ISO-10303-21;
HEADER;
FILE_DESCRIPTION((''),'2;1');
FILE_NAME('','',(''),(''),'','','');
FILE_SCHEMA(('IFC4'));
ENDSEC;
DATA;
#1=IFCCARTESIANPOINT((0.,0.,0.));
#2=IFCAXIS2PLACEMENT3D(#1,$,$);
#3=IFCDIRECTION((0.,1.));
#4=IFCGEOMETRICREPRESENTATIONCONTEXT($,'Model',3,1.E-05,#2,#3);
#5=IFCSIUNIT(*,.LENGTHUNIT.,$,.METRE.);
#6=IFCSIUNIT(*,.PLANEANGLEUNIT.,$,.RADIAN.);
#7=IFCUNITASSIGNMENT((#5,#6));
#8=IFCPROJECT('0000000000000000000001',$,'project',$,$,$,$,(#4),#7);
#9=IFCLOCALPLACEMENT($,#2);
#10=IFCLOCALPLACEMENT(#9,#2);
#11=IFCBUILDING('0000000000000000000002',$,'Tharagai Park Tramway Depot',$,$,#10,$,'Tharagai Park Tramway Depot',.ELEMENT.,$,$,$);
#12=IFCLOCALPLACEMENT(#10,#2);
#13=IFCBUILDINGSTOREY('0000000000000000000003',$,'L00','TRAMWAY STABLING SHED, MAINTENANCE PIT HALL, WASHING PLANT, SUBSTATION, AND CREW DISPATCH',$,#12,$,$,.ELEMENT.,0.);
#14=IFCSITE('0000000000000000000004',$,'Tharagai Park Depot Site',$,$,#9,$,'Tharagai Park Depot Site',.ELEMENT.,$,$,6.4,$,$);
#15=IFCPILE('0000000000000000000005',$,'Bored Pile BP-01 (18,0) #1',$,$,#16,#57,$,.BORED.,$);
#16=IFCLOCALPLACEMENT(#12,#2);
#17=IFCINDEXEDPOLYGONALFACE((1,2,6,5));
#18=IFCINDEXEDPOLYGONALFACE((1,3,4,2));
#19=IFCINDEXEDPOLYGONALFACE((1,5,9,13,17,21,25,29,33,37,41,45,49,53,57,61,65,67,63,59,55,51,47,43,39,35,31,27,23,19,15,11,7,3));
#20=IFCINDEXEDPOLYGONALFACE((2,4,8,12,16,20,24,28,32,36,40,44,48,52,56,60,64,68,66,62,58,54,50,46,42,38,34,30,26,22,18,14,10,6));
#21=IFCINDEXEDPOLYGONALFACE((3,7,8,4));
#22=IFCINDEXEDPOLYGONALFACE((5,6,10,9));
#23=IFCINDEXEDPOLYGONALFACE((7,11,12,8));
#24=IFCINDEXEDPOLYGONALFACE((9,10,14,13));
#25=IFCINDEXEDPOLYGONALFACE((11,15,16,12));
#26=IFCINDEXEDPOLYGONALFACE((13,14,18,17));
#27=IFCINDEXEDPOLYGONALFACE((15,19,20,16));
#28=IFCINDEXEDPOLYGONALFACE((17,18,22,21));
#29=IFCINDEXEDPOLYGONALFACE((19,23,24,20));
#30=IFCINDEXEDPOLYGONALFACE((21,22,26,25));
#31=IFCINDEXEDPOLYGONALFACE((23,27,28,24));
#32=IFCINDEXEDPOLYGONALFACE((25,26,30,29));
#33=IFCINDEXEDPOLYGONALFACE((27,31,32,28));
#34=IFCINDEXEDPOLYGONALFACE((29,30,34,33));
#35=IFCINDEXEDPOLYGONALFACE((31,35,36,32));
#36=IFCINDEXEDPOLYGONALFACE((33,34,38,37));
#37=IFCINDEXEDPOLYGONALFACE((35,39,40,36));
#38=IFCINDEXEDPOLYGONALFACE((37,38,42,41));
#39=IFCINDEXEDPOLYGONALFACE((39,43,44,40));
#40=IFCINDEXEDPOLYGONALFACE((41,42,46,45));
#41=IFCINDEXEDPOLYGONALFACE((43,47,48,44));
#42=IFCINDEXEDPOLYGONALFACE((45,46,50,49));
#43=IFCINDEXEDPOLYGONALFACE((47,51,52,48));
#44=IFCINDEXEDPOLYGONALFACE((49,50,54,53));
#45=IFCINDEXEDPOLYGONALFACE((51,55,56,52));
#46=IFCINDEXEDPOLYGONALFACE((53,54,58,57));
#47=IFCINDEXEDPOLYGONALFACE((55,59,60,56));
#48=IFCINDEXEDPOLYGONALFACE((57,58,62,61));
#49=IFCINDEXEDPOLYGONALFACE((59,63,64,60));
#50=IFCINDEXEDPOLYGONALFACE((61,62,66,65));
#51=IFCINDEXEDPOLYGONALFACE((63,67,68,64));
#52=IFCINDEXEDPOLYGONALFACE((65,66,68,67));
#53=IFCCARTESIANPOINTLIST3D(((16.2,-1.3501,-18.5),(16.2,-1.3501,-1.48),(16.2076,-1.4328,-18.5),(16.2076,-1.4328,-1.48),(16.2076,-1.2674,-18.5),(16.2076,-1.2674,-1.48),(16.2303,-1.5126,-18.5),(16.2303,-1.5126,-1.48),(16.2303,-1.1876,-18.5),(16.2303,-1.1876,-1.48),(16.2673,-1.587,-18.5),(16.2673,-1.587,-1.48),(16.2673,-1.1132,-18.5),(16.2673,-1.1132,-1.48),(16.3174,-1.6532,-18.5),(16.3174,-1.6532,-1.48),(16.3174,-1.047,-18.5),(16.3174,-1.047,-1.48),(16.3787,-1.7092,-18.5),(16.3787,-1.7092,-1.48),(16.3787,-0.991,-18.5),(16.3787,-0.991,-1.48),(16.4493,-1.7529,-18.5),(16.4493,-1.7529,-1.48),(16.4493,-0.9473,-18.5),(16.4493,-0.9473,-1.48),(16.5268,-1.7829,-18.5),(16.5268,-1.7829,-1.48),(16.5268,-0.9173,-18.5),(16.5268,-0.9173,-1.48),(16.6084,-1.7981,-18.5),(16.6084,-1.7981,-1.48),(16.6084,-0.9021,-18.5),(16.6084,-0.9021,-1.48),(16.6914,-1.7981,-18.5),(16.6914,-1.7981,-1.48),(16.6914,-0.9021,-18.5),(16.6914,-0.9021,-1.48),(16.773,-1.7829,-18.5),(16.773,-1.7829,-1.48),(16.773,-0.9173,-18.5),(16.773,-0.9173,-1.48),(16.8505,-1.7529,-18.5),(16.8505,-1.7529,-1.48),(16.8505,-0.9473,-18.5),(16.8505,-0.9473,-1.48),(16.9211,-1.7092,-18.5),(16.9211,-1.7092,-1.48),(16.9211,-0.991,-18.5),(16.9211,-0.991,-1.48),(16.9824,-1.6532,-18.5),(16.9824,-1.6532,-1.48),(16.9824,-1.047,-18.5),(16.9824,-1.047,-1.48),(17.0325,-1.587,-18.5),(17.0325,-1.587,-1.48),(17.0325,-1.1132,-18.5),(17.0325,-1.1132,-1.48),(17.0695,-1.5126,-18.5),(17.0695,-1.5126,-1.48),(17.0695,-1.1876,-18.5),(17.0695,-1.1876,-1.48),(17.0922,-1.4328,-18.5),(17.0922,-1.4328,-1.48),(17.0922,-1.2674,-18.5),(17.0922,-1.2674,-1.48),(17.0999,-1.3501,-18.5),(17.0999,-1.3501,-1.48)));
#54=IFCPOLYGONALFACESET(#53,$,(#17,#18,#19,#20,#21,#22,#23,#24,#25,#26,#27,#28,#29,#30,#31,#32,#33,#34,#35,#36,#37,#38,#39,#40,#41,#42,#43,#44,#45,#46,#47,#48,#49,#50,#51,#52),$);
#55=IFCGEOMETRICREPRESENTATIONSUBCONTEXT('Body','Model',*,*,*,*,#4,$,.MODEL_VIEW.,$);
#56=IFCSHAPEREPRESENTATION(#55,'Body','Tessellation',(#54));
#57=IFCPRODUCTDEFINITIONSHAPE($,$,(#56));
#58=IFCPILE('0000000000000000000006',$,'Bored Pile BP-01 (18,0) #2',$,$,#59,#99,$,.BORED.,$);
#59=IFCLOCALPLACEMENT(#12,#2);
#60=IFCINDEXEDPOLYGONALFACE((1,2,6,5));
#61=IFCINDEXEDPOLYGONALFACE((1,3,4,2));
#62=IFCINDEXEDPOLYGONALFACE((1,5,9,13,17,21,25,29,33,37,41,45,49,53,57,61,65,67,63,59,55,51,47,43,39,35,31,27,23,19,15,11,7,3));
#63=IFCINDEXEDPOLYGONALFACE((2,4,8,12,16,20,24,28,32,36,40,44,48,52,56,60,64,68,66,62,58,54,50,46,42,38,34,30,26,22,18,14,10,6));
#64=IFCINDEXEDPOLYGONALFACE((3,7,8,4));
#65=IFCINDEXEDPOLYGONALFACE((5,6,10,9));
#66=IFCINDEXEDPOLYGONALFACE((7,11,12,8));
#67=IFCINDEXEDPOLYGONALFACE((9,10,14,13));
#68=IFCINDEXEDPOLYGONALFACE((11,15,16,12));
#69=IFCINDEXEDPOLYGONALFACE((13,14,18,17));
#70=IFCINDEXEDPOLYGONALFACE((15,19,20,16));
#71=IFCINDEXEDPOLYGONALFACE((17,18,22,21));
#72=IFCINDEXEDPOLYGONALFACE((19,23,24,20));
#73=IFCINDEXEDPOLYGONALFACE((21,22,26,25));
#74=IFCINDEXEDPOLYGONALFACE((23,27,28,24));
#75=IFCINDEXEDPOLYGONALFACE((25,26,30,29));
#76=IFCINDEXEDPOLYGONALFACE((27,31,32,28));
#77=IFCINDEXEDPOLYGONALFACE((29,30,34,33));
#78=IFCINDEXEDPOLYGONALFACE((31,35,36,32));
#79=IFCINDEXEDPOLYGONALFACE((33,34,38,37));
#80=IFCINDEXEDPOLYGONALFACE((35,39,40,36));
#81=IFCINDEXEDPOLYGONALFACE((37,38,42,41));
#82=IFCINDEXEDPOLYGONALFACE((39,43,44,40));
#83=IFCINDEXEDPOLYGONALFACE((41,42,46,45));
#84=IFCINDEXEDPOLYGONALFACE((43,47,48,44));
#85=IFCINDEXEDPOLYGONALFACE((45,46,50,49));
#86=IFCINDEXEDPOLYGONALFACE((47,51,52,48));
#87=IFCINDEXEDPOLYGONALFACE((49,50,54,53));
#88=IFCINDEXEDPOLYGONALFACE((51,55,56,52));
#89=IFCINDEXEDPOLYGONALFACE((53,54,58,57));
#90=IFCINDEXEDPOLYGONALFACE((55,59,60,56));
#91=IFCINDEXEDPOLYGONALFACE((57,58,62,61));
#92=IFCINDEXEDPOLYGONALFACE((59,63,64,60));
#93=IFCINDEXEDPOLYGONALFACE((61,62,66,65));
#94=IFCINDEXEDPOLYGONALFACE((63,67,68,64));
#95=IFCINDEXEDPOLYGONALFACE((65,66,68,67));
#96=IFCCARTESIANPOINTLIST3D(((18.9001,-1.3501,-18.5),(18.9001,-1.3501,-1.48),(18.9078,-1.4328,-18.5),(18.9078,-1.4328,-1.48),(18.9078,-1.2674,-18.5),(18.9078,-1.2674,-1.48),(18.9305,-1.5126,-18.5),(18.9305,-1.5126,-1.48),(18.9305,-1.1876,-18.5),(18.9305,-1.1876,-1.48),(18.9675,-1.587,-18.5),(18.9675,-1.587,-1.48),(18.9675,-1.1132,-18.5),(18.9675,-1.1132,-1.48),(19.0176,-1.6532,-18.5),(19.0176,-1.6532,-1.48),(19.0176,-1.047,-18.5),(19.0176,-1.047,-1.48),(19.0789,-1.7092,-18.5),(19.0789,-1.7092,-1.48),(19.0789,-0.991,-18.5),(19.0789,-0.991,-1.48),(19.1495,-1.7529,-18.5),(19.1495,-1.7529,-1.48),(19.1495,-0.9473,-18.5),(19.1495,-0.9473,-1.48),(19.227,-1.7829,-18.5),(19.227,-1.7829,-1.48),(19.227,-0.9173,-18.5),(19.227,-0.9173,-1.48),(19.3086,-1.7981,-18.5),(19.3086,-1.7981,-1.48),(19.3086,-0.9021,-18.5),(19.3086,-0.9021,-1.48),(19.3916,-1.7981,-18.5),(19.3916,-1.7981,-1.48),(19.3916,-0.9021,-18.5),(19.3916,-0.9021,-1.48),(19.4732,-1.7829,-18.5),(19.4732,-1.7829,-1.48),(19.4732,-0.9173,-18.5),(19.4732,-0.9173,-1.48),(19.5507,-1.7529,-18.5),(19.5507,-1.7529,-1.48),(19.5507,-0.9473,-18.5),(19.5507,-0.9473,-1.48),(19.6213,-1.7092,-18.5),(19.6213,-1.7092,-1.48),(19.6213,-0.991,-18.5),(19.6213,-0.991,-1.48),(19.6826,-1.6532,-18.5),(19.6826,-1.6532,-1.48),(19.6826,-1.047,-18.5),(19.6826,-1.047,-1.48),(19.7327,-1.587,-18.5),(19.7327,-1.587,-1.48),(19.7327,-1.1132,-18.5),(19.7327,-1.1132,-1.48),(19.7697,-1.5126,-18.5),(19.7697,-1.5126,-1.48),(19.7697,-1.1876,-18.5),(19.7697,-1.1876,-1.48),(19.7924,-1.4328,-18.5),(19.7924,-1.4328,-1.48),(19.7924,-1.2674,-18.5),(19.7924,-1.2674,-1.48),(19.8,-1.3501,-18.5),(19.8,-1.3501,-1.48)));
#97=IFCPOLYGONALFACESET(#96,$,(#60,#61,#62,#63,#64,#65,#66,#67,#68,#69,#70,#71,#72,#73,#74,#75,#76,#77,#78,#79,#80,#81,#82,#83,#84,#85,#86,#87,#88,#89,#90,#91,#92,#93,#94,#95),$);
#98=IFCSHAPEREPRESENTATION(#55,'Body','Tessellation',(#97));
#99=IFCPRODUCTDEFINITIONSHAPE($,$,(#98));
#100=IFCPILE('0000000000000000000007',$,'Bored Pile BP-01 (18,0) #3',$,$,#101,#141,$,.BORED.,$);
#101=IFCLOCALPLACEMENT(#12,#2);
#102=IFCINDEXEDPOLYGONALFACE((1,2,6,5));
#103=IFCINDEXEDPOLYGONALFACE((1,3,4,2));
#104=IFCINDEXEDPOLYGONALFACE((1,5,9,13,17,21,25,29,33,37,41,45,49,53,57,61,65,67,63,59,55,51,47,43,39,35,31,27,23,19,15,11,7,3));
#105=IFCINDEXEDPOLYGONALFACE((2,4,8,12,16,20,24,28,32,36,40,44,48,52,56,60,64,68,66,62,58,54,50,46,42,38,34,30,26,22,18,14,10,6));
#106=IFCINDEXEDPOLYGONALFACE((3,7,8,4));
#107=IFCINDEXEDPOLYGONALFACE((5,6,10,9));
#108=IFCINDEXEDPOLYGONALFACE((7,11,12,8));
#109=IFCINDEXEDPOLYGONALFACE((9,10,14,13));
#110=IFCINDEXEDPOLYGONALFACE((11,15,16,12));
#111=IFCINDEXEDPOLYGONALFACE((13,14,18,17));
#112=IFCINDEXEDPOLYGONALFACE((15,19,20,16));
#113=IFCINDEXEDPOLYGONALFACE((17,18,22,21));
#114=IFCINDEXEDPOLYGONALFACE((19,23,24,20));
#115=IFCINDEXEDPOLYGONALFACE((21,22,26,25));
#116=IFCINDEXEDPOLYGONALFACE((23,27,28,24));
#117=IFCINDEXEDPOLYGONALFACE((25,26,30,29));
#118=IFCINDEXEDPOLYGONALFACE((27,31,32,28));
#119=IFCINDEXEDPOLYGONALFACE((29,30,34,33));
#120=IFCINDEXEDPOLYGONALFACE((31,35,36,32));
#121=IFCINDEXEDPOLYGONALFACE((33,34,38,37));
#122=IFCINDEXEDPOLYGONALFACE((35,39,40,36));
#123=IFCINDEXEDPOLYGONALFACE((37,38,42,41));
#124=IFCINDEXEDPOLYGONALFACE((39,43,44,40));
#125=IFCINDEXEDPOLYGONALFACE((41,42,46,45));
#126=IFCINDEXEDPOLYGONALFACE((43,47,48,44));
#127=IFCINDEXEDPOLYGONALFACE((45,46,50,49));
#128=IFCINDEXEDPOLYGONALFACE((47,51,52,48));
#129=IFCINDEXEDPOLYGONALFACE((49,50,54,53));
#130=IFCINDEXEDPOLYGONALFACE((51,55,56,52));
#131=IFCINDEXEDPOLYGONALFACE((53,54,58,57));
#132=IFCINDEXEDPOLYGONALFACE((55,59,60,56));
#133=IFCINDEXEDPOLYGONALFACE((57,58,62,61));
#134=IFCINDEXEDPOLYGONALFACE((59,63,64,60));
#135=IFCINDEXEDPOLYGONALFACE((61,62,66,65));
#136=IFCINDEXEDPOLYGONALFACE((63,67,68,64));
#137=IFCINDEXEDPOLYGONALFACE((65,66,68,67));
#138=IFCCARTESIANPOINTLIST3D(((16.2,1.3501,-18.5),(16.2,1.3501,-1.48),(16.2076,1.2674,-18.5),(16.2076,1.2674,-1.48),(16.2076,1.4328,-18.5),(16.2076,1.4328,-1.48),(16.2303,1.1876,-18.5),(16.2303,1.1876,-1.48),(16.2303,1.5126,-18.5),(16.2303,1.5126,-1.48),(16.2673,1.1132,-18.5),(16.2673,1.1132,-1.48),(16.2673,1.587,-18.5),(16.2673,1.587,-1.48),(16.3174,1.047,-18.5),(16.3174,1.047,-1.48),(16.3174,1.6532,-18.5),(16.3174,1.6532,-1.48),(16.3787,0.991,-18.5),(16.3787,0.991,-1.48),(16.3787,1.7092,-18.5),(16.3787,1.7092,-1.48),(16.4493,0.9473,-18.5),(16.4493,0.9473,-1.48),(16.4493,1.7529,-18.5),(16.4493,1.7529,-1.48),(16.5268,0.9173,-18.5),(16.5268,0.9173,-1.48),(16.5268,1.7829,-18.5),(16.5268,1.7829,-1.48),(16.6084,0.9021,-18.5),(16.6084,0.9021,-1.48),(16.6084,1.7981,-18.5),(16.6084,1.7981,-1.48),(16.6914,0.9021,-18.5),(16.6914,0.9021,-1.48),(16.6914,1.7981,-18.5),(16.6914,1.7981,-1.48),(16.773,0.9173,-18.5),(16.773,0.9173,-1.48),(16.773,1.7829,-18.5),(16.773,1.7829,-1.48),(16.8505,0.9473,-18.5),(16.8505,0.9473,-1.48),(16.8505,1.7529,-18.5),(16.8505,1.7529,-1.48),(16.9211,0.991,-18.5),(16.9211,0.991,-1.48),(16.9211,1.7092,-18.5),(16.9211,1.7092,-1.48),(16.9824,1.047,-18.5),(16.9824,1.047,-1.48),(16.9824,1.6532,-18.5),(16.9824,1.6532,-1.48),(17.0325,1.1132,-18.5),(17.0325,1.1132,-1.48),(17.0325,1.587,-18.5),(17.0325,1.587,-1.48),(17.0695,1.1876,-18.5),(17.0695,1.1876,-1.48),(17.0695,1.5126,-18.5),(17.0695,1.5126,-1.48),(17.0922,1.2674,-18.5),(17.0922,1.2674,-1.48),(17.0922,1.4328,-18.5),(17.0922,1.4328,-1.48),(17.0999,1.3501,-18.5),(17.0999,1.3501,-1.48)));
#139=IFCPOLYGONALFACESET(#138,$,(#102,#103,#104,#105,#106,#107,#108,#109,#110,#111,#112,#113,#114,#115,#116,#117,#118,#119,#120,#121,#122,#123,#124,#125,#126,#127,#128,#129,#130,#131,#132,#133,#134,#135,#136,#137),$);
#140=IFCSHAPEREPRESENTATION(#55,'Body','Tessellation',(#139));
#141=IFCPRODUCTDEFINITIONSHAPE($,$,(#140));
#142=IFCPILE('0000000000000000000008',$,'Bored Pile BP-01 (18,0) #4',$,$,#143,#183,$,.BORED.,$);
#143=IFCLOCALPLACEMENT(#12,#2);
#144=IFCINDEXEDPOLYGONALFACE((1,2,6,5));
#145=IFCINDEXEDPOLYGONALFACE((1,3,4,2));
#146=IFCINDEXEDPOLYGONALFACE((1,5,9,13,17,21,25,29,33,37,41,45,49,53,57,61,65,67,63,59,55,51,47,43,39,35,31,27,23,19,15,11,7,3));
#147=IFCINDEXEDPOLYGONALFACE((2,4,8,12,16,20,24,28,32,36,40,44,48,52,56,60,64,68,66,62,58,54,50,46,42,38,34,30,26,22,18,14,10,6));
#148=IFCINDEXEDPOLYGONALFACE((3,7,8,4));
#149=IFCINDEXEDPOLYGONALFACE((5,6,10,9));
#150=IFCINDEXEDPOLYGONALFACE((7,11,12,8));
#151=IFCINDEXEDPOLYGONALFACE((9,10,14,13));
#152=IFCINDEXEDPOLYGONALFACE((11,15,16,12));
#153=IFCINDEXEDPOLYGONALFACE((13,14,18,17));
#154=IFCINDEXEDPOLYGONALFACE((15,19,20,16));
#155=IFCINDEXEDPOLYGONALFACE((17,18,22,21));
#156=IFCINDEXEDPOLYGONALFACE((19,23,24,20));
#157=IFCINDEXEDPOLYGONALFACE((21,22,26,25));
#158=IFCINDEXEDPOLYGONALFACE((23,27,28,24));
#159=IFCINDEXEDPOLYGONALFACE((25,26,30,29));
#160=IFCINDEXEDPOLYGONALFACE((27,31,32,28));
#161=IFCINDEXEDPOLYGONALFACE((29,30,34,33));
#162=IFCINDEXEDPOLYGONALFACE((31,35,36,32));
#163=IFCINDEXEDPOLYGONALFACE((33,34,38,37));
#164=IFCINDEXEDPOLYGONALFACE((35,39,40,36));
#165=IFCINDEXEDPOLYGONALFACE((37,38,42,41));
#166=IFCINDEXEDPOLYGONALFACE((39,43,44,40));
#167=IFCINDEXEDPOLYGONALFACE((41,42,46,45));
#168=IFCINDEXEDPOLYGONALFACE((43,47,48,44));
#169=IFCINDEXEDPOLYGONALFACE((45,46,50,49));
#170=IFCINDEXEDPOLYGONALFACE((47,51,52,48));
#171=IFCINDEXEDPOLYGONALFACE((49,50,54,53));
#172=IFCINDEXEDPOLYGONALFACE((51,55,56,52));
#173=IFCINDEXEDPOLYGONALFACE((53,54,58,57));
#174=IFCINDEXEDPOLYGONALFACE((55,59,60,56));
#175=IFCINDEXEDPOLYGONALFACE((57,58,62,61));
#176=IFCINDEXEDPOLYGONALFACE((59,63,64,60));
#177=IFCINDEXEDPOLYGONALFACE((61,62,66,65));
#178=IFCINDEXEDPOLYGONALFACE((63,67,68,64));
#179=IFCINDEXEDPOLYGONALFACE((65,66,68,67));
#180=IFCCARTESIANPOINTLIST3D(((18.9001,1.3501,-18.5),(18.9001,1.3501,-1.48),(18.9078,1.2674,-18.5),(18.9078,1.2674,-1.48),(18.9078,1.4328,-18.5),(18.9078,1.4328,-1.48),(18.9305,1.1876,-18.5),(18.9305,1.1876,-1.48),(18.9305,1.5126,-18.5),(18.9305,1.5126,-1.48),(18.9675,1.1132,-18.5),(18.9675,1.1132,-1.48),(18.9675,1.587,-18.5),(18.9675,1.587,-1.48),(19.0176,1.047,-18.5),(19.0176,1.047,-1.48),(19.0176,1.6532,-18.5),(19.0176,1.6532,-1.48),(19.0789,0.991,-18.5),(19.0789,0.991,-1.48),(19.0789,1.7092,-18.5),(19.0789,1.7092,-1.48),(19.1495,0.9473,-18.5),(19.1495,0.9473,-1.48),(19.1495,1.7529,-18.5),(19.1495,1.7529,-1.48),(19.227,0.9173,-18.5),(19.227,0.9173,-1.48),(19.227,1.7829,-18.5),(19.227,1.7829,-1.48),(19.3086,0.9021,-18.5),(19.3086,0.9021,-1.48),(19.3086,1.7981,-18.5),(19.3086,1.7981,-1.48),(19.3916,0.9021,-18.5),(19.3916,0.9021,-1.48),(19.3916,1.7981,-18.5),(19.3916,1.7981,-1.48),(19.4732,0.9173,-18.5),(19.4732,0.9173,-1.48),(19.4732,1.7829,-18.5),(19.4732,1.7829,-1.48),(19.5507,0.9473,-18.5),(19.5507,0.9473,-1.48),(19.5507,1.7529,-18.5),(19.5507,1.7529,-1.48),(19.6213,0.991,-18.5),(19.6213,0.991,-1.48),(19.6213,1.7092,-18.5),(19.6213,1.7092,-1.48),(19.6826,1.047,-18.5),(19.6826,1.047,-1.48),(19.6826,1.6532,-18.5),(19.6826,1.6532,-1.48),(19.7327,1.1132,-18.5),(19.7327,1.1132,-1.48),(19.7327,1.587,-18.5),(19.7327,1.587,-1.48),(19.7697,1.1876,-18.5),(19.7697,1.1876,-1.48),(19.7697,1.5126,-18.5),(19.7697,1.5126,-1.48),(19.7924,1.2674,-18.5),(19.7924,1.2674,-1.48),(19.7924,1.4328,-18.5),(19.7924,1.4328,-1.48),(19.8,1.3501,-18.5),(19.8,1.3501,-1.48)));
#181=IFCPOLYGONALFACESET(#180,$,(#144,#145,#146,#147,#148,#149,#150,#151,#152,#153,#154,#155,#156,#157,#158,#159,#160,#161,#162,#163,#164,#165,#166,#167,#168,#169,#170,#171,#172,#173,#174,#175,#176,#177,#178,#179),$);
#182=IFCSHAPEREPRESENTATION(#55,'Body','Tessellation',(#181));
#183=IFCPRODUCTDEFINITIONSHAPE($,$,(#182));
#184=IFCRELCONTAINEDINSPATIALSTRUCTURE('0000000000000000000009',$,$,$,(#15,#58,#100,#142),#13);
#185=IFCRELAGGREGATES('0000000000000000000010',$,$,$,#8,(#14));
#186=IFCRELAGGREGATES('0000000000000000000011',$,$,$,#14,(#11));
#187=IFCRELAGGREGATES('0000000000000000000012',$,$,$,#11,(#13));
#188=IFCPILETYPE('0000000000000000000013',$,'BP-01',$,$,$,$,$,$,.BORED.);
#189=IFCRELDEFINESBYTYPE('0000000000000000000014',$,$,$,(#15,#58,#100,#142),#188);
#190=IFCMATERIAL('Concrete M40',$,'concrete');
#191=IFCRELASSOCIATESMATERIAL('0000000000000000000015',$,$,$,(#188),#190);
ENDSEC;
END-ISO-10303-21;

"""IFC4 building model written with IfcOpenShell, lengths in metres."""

from ifc_helpers import new_model, si_unit, direction, frame, origin, origin_2d, place, context, subcontext, project, spatial, circle, extrude, material, material_profile, profile_set, type_object, element, save


model = new_model("IFC4")

# Units and contexts
model_context = context("Model", 3, precision=1e-05, world=origin(), true_north=direction((0.0, 1.0)))
body_context = subcontext(model_context, "Body", "Model", "MODEL_VIEW")
ifc_project = project(units=[si_unit("LENGTHUNIT", "METRE"), si_unit("PLANEANGLEUNIT", "RADIAN")], contexts=[model_context])

# Site, building, storey
site_placement = place(None, origin())
site = spatial("IfcSite", under=ifc_project, at=site_placement, Name="Tharagai Park Depot Site", LongName="Tharagai Park Depot Site", CompositionType="ELEMENT", RefElevation=6.4)
building_placement = place(site_placement, origin())
building = spatial("IfcBuilding", under=site, at=building_placement, Name="Tharagai Park Tramway Depot", LongName="Tharagai Park Tramway Depot", CompositionType="ELEMENT")
storey_placement = place(building_placement, origin())
storey = spatial("IfcBuildingStorey", under=building, at=storey_placement, Name="L00", Description="TRAMWAY STABLING SHED, MAINTENANCE PIT HALL, WASHING PLANT, SUBSTATION, AND CREW DISPATCH", CompositionType="ELEMENT", Elevation=0.0)

# Piles
ifc_material_1 = material(Name="Concrete M40", Category="concrete")
ifc_material_profile_1 = material_profile(ifc_material_1, circle(Radius=0.45, at=origin_2d()), Name="PILE D900")
ifc_profile_set_1 = profile_set([ifc_material_profile_1], Name="Concrete M40")
pile_type_1 = type_object("IfcPileType", Name="BP-01", PredefinedType="BORED", material=ifc_profile_set_1)
for number, where, z_axis, x_axis, name in (
    (1, (16.6499, -1.3501, -1.48), (0.0, 0.0, -1.0), (1.0, 0.0, 0.0), "Bored Pile BP-01 (18,0) #1"),
    (2, (19.3501, -1.3501, -1.48), (0.0, 0.0, -1.0), (1.0, 0.0, 0.0), "Bored Pile BP-01 (18,0) #2"),
    (3, (16.6499, 1.3501, -1.48), (0.0, 0.0, -1.0), (1.0, 0.0, 0.0), "Bored Pile BP-01 (18,0) #3"),
    (4, (19.3501, 1.3501, -1.48), (0.0, 0.0, -1.0), (1.0, 0.0, 0.0), "Bored Pile BP-01 (18,0) #4"),
):
    element("IfcPile", number, at=place(storey_placement, frame(where, z_axis=z_axis, x_axis=x_axis)), inside=storey, type_object=pile_type_1, Name=name, PredefinedType="BORED", context=body_context, shape_type="SweptSolid", body=[
        extrude(circle(Radius=0.45, at=origin_2d()), origin(), (0.0, 0.0, 1.0), 17.02),
    ])

save(model, "model.ifc")
